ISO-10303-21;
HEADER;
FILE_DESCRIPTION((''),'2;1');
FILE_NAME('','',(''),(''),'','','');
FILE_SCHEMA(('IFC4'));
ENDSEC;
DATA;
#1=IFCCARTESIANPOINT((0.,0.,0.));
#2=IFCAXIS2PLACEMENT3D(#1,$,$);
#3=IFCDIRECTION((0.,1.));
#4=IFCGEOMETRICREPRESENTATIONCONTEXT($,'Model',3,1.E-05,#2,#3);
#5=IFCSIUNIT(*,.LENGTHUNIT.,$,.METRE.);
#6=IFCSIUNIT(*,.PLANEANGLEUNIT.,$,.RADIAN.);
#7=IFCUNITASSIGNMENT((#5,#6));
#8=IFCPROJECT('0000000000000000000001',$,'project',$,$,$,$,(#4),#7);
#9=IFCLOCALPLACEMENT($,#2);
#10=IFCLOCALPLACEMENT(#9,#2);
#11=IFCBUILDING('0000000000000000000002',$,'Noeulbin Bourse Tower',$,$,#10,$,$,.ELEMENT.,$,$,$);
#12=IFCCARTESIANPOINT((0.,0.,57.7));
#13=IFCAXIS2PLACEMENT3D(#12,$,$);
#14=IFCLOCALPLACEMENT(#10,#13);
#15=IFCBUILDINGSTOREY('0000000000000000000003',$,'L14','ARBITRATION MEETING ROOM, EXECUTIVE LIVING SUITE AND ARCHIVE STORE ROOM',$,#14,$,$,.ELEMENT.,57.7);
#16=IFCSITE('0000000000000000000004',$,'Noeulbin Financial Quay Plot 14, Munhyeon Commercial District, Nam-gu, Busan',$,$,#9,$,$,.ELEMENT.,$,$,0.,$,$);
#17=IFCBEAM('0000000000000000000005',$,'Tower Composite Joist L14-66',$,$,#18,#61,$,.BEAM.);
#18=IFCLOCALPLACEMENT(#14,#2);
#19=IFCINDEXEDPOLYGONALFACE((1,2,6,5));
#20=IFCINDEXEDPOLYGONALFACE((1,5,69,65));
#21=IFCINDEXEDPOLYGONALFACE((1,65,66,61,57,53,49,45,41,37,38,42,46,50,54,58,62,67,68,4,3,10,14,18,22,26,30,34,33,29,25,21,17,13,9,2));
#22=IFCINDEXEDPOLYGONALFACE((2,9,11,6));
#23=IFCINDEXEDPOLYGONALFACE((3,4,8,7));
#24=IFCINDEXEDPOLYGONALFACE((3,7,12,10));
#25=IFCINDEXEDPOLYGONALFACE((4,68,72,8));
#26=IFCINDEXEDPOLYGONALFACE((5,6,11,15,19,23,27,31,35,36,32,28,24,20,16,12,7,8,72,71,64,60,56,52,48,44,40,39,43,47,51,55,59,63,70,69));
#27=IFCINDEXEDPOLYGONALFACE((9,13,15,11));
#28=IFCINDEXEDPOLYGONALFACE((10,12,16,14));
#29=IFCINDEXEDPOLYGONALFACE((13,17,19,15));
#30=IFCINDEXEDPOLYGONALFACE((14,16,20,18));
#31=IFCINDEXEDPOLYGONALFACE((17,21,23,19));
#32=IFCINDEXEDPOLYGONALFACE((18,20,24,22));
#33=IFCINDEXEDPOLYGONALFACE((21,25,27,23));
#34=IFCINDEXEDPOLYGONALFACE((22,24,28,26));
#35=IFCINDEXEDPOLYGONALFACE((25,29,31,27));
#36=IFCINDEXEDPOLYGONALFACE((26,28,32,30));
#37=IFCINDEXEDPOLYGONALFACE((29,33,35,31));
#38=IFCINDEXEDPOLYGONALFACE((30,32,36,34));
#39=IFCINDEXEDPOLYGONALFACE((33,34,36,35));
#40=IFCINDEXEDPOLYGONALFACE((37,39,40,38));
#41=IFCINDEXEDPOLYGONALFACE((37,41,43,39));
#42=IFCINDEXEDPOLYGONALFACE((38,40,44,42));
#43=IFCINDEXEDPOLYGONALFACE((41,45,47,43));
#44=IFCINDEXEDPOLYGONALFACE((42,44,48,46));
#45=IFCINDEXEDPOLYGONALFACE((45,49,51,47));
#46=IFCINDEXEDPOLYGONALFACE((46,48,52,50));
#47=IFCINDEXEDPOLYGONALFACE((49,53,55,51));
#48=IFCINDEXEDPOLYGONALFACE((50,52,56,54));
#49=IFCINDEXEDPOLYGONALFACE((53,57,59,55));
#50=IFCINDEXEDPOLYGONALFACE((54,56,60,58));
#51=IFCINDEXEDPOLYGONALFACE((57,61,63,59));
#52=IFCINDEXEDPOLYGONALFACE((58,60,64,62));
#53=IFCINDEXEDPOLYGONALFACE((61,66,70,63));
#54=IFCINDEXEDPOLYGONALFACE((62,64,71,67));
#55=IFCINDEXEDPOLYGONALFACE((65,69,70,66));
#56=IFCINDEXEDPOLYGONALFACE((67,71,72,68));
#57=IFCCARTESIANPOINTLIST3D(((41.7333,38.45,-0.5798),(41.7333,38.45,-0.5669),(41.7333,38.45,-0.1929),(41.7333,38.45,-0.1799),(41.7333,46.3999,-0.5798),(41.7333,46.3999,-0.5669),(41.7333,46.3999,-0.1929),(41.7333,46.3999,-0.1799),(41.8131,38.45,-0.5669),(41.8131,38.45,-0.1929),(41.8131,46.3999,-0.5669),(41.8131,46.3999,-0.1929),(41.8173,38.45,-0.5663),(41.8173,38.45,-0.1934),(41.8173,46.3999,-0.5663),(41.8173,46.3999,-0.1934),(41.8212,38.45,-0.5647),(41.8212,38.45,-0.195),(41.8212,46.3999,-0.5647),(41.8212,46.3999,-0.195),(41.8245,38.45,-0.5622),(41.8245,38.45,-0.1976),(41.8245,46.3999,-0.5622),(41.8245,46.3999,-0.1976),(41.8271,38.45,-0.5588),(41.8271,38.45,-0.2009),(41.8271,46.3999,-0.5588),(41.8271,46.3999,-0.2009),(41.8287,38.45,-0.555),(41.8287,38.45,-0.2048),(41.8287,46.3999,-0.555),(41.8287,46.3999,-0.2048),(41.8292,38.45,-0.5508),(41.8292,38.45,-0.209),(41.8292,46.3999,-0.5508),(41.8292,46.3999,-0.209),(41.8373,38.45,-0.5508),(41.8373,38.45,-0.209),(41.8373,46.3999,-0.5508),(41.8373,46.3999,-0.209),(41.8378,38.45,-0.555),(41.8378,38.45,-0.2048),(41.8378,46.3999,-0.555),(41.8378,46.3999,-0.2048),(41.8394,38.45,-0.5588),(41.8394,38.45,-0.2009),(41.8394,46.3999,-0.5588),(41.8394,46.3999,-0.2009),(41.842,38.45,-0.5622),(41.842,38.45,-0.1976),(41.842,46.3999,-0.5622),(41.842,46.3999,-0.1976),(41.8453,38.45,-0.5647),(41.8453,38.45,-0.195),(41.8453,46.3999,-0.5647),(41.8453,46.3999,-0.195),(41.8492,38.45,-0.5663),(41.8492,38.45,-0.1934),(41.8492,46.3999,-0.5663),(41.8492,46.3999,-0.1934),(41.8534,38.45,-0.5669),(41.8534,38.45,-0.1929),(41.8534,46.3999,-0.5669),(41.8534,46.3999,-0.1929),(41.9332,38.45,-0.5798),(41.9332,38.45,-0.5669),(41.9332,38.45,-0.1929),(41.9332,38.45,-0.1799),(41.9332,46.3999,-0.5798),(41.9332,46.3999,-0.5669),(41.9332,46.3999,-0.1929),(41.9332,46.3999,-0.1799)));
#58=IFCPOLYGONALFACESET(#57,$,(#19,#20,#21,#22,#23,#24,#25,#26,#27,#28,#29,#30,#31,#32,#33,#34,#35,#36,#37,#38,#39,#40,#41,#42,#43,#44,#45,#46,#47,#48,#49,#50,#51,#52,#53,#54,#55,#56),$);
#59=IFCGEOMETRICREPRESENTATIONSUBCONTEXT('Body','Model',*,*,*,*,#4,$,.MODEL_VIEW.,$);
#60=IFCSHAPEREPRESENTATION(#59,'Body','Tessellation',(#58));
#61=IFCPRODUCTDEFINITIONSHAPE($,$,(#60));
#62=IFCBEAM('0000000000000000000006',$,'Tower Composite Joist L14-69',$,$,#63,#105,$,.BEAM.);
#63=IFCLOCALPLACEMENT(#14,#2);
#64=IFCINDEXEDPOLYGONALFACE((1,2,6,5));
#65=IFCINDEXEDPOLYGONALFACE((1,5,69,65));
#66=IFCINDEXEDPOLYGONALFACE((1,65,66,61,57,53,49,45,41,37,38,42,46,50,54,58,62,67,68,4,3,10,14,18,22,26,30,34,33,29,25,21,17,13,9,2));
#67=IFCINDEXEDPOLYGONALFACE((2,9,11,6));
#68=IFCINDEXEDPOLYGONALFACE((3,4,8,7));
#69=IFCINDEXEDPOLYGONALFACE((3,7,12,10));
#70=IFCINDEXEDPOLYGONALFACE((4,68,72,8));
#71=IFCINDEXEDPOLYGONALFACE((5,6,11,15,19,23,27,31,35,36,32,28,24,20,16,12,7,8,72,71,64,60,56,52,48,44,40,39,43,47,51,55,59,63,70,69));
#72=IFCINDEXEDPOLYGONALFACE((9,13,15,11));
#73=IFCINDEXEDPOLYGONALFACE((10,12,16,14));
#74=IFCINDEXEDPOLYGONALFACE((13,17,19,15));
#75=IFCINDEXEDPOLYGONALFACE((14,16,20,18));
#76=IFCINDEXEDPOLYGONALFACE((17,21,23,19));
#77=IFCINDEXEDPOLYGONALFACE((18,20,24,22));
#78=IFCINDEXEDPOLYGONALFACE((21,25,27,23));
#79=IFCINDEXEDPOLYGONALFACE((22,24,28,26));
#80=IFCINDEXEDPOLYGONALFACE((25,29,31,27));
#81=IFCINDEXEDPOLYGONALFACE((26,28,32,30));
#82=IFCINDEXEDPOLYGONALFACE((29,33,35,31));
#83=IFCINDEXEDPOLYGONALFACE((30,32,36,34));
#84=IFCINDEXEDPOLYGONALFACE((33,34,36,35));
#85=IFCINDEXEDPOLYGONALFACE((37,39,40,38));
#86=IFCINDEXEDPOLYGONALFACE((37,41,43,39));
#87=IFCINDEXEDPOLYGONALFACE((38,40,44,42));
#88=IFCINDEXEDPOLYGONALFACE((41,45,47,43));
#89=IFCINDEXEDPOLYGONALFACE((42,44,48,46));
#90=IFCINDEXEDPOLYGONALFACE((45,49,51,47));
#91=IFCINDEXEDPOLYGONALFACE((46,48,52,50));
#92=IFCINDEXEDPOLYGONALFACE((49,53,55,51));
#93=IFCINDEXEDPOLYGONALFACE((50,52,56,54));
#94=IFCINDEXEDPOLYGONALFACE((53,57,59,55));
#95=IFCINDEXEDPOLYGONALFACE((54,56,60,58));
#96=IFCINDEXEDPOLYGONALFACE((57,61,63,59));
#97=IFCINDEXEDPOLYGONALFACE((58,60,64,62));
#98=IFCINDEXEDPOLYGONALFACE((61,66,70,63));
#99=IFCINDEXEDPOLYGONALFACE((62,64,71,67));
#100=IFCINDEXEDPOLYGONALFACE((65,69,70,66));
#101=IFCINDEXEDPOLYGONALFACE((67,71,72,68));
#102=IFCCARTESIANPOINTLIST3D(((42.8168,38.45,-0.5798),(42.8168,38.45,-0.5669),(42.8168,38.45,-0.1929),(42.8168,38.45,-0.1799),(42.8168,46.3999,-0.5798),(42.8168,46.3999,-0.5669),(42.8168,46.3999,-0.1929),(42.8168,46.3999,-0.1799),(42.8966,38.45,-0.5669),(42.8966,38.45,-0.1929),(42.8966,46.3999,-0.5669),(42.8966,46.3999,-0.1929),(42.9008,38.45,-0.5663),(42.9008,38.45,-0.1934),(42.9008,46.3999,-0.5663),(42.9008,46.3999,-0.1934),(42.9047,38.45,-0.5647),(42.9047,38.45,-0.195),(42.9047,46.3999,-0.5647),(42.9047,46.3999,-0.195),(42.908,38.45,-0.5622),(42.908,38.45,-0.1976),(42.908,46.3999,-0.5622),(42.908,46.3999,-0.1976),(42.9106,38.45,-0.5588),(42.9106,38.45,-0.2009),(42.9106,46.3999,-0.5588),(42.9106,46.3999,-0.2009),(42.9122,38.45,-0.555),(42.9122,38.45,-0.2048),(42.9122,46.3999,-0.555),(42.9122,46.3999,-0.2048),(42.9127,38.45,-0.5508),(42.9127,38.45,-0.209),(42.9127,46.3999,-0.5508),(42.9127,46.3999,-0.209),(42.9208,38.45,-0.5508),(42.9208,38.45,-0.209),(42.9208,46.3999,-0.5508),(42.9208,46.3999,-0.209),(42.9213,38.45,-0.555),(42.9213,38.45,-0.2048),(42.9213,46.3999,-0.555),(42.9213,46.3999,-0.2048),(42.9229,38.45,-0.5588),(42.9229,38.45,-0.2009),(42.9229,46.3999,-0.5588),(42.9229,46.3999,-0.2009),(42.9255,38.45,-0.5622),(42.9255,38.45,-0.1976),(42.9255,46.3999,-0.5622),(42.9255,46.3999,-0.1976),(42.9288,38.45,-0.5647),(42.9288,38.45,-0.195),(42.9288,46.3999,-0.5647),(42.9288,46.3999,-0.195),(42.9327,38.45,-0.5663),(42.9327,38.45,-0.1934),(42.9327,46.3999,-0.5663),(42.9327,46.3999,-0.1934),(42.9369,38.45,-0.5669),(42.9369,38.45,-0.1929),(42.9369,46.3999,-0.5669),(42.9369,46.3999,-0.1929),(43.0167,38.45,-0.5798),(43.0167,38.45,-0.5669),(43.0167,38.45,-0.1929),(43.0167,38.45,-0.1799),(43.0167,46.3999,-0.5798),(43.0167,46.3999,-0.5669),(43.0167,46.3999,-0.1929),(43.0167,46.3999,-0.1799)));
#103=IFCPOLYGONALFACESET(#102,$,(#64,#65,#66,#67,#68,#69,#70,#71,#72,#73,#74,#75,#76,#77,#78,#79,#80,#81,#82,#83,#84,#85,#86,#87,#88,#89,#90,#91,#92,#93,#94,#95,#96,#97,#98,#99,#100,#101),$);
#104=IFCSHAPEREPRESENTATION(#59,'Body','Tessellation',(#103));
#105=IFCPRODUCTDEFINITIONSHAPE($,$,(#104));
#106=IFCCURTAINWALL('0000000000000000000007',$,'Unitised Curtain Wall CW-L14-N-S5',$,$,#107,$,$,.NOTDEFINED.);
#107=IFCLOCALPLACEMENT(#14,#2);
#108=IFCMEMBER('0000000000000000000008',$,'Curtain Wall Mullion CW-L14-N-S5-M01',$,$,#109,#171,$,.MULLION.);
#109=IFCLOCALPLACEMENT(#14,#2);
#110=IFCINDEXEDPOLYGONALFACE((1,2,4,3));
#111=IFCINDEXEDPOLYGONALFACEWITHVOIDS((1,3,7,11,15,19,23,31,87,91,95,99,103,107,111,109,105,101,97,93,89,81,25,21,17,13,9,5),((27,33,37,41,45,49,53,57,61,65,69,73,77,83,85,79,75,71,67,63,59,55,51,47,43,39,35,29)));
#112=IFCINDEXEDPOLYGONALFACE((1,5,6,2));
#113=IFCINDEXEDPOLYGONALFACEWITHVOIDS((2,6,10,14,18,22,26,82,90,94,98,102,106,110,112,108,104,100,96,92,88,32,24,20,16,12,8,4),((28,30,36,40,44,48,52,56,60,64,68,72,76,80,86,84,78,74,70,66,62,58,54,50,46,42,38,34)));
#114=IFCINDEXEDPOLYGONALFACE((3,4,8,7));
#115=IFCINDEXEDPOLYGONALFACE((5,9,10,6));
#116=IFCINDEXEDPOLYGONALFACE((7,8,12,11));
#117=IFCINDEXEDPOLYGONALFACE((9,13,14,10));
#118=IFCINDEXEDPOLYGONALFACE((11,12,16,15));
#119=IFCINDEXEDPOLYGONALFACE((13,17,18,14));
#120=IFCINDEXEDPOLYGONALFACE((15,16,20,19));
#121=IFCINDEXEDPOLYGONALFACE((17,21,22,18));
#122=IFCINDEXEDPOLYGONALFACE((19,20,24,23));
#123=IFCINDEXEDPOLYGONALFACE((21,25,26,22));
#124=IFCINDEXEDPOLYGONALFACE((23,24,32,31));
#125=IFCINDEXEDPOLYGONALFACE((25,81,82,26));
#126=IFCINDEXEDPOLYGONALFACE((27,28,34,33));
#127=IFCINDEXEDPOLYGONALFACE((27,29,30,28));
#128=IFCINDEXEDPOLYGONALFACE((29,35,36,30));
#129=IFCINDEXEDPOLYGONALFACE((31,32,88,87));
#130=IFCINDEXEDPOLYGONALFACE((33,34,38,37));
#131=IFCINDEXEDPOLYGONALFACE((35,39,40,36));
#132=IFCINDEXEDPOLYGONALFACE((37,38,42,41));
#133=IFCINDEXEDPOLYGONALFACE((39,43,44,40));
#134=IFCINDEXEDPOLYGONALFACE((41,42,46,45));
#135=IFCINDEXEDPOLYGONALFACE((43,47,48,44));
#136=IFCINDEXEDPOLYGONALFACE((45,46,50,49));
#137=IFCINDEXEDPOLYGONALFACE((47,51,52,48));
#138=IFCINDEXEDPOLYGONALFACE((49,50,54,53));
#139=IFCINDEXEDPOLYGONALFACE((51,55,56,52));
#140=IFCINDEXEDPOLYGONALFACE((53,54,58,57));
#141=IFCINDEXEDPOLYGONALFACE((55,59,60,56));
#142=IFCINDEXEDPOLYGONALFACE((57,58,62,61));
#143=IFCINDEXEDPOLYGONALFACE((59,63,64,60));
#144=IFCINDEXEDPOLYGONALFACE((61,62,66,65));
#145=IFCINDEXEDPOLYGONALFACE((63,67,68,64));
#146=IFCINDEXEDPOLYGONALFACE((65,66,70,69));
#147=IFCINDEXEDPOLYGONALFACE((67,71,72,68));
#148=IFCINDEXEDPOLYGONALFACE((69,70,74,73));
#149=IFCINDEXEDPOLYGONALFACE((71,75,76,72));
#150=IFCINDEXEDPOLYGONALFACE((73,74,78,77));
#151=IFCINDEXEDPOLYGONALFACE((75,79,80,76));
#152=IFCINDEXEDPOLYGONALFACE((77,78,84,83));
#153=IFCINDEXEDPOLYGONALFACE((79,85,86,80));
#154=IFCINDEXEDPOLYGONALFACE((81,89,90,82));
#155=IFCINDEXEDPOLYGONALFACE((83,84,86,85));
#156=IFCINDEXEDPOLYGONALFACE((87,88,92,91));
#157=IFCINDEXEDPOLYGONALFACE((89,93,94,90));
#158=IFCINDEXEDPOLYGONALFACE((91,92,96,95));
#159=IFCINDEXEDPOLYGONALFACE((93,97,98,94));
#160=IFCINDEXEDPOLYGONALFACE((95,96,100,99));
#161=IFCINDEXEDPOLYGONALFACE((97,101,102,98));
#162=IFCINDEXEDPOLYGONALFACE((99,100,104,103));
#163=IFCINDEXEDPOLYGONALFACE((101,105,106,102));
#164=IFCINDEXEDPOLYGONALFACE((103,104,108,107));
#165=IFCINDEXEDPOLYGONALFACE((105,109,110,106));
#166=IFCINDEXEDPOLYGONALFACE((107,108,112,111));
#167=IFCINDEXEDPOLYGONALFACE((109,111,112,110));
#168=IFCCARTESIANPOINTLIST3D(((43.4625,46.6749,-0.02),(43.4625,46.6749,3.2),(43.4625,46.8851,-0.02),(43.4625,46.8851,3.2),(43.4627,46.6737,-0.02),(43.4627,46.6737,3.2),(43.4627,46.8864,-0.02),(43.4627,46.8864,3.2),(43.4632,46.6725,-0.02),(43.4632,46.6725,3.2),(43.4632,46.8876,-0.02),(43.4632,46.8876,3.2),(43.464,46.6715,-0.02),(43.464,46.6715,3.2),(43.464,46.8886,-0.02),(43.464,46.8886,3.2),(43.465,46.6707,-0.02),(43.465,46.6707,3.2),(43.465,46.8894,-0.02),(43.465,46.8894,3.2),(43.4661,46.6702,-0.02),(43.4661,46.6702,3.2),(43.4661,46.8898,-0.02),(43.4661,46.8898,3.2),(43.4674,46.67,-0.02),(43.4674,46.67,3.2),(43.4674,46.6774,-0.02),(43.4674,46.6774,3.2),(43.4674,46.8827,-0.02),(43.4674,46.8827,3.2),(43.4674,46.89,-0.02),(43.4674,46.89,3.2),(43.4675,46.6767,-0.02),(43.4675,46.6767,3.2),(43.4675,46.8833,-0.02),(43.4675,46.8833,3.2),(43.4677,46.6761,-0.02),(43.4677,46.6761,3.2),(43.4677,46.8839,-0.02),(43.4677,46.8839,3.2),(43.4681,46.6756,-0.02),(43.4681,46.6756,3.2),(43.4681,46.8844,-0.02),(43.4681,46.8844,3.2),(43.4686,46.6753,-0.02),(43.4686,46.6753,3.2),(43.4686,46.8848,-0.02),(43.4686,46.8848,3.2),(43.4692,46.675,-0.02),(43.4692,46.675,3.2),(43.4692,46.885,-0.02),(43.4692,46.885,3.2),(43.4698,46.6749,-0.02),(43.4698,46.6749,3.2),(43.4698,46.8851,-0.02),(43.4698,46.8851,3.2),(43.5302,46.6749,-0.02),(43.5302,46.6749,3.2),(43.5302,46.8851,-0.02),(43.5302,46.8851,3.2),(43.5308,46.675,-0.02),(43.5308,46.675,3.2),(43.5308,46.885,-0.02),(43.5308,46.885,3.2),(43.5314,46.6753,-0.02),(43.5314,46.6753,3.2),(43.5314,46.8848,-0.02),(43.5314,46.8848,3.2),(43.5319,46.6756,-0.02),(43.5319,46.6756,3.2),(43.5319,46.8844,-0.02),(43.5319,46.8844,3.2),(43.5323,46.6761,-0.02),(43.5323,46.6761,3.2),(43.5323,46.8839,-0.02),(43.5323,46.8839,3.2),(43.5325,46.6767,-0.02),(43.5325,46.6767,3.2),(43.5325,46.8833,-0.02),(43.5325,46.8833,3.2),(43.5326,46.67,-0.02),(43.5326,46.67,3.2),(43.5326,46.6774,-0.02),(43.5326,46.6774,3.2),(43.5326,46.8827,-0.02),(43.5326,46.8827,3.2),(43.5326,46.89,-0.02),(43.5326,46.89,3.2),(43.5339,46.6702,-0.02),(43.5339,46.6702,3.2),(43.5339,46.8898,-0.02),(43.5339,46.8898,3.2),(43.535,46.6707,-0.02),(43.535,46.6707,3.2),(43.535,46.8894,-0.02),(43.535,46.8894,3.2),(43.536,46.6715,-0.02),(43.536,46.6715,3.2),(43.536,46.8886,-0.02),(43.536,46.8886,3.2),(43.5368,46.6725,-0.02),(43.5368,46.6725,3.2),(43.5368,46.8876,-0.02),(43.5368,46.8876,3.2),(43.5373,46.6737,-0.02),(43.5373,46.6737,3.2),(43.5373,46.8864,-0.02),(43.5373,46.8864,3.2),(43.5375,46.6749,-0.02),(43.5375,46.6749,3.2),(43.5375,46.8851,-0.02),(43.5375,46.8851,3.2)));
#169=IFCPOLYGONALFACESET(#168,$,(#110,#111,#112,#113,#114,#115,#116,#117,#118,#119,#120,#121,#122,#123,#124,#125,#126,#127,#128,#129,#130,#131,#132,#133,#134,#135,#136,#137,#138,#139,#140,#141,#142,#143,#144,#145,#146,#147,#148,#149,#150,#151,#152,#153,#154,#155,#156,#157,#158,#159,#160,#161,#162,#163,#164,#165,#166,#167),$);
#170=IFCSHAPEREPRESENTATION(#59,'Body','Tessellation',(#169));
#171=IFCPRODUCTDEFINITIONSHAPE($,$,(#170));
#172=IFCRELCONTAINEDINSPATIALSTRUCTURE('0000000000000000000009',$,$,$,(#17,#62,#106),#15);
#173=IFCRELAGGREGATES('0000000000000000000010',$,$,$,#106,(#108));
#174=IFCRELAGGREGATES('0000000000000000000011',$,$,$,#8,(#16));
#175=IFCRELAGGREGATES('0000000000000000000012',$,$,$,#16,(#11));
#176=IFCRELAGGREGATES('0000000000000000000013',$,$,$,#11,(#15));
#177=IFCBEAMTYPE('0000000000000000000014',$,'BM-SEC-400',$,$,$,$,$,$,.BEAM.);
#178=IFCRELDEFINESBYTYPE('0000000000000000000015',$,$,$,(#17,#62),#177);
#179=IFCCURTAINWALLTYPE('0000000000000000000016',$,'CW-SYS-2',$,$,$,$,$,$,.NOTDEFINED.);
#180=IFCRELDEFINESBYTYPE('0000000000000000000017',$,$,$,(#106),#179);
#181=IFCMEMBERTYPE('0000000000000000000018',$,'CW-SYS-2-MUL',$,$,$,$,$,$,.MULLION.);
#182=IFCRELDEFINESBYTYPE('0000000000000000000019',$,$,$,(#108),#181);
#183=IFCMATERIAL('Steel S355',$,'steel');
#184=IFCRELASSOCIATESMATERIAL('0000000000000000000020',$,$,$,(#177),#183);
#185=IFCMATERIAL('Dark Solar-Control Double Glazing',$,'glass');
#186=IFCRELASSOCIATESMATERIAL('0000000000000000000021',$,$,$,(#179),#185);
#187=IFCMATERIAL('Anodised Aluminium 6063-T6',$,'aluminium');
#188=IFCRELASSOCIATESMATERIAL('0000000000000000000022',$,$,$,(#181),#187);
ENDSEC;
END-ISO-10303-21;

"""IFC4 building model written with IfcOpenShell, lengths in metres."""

from ifc_helpers import new_model, si_unit, direction, frame, origin, origin_2d, place, context, subcontext, project, spatial, hollow_rectangle, i_section, extrude, material, material_profile, profile_set, type_object, element, aggregate, save


model = new_model("IFC4")

# Units and contexts
model_context = context("Model", 3, precision=1e-05, world=origin(), true_north=direction((0.0, 1.0)))
body_context = subcontext(model_context, "Body", "Model", "MODEL_VIEW")
ifc_project = project(units=[si_unit("LENGTHUNIT", "METRE"), si_unit("PLANEANGLEUNIT", "RADIAN")], contexts=[model_context])

# Site, building, storey
site_placement = place(None, origin())
site = spatial("IfcSite", under=ifc_project, at=site_placement, Name="Noeulbin Financial Quay Plot 14, Munhyeon Commercial District, Nam-gu, Busan", CompositionType="ELEMENT", RefElevation=0.0)
building_placement = place(site_placement, origin())
building = spatial("IfcBuilding", under=site, at=building_placement, Name="Noeulbin Bourse Tower", CompositionType="ELEMENT")
storey_placement = place(building_placement, frame((0.0, 0.0, 57.7)))
storey = spatial("IfcBuildingStorey", under=building, at=storey_placement, Name="L14", Description="ARBITRATION MEETING ROOM, EXECUTIVE LIVING SUITE AND ARCHIVE STORE ROOM", CompositionType="ELEMENT", Elevation=57.7)

# Beams
ifc_material_1 = material(Name="Steel S355", Category="steel")
ifc_material_profile_1 = material_profile(ifc_material_1, i_section(OverallWidth=0.2, OverallDepth=0.3999, WebThickness=0.0081, FlangeThickness=0.0129, FilletRadius=0.0161, at=origin_2d()), Name="H-400x200x8x13", Category="LoadBearing")
ifc_profile_set_1 = profile_set([ifc_material_profile_1], Name="Steel S355")
beam_type_1 = type_object("IfcBeamType", Name="BM-SEC-400", PredefinedType="BEAM", material=ifc_profile_set_1)
for number, where, z_axis, x_axis, name in (
    (1, (41.8333, 38.45, -0.3799), (0.0, 1.0, 0.0), (-1.0, 0.0, 0.0), "Tower Composite Joist L14-66"),
    (2, (42.9167, 38.45, -0.3799), (0.0, 1.0, 0.0), (-1.0, 0.0, 0.0), "Tower Composite Joist L14-69"),
):
    element("IfcBeam", number, at=place(storey_placement, frame(where, z_axis=z_axis, x_axis=x_axis)), inside=storey, type_object=beam_type_1, Name=name, PredefinedType="BEAM", context=body_context, shape_type="SweptSolid", body=[
        extrude(i_section(OverallWidth=0.2, OverallDepth=0.3999, WebThickness=0.0081, FlangeThickness=0.0129, FilletRadius=0.0161, at=origin_2d()), origin(), (0.0, 0.0, 1.0), 7.95),
    ])

# Curtain wall, member
ifc_material_2 = material(Name="Dark Solar-Control Double Glazing", Category="glass")
curtain_wall_type = type_object("IfcCurtainWallType", Name="CW-SYS-2", PredefinedType="NOTDEFINED", material=ifc_material_2)
curtain_wall_1_placement = place(storey_placement, origin())
curtain_wall_1 = element("IfcCurtainWall", 3, at=curtain_wall_1_placement, inside=storey, type_object=curtain_wall_type, Name="Unitised Curtain Wall CW-L14-N-S5", PredefinedType="NOTDEFINED")
ifc_material_3 = material(Name="Anodised Aluminium 6063-T6", Category="aluminium")
ifc_material_profile_2 = material_profile(ifc_material_3, hollow_rectangle(XDim=0.075, YDim=0.22, WallThickness=0.0049, InnerFilletRadius=0.0024, OuterFilletRadius=0.0049, at=origin_2d()), Name="ALU-MULL-75x220x5", Category="LoadBearing")
ifc_profile_set_2 = profile_set([ifc_material_profile_2], Name="Anodised Aluminium 6063-T6")
member_type_1 = type_object("IfcMemberType", Name="CW-SYS-2-MUL", PredefinedType="MULLION", material=ifc_profile_set_2)
member_1_placement = place(storey_placement, frame((43.5, 46.78, -0.02), z_axis=(0.0, 0.0, 1.0), x_axis=(1.0, 0.0, 0.0)))
member_1 = element("IfcMember", 4, at=member_1_placement, type_object=member_type_1, Name="Curtain Wall Mullion CW-L14-N-S5-M01", PredefinedType="MULLION", context=body_context, shape_type="SweptSolid", body=[
    extrude(hollow_rectangle(XDim=0.075, YDim=0.22, WallThickness=0.0049, InnerFilletRadius=0.0024, OuterFilletRadius=0.0049, at=origin_2d()), origin(), (0.0, 0.0, 1.0), 3.22),
])
aggregate(curtain_wall_1, [member_1])

save(model, "model.ifc")
